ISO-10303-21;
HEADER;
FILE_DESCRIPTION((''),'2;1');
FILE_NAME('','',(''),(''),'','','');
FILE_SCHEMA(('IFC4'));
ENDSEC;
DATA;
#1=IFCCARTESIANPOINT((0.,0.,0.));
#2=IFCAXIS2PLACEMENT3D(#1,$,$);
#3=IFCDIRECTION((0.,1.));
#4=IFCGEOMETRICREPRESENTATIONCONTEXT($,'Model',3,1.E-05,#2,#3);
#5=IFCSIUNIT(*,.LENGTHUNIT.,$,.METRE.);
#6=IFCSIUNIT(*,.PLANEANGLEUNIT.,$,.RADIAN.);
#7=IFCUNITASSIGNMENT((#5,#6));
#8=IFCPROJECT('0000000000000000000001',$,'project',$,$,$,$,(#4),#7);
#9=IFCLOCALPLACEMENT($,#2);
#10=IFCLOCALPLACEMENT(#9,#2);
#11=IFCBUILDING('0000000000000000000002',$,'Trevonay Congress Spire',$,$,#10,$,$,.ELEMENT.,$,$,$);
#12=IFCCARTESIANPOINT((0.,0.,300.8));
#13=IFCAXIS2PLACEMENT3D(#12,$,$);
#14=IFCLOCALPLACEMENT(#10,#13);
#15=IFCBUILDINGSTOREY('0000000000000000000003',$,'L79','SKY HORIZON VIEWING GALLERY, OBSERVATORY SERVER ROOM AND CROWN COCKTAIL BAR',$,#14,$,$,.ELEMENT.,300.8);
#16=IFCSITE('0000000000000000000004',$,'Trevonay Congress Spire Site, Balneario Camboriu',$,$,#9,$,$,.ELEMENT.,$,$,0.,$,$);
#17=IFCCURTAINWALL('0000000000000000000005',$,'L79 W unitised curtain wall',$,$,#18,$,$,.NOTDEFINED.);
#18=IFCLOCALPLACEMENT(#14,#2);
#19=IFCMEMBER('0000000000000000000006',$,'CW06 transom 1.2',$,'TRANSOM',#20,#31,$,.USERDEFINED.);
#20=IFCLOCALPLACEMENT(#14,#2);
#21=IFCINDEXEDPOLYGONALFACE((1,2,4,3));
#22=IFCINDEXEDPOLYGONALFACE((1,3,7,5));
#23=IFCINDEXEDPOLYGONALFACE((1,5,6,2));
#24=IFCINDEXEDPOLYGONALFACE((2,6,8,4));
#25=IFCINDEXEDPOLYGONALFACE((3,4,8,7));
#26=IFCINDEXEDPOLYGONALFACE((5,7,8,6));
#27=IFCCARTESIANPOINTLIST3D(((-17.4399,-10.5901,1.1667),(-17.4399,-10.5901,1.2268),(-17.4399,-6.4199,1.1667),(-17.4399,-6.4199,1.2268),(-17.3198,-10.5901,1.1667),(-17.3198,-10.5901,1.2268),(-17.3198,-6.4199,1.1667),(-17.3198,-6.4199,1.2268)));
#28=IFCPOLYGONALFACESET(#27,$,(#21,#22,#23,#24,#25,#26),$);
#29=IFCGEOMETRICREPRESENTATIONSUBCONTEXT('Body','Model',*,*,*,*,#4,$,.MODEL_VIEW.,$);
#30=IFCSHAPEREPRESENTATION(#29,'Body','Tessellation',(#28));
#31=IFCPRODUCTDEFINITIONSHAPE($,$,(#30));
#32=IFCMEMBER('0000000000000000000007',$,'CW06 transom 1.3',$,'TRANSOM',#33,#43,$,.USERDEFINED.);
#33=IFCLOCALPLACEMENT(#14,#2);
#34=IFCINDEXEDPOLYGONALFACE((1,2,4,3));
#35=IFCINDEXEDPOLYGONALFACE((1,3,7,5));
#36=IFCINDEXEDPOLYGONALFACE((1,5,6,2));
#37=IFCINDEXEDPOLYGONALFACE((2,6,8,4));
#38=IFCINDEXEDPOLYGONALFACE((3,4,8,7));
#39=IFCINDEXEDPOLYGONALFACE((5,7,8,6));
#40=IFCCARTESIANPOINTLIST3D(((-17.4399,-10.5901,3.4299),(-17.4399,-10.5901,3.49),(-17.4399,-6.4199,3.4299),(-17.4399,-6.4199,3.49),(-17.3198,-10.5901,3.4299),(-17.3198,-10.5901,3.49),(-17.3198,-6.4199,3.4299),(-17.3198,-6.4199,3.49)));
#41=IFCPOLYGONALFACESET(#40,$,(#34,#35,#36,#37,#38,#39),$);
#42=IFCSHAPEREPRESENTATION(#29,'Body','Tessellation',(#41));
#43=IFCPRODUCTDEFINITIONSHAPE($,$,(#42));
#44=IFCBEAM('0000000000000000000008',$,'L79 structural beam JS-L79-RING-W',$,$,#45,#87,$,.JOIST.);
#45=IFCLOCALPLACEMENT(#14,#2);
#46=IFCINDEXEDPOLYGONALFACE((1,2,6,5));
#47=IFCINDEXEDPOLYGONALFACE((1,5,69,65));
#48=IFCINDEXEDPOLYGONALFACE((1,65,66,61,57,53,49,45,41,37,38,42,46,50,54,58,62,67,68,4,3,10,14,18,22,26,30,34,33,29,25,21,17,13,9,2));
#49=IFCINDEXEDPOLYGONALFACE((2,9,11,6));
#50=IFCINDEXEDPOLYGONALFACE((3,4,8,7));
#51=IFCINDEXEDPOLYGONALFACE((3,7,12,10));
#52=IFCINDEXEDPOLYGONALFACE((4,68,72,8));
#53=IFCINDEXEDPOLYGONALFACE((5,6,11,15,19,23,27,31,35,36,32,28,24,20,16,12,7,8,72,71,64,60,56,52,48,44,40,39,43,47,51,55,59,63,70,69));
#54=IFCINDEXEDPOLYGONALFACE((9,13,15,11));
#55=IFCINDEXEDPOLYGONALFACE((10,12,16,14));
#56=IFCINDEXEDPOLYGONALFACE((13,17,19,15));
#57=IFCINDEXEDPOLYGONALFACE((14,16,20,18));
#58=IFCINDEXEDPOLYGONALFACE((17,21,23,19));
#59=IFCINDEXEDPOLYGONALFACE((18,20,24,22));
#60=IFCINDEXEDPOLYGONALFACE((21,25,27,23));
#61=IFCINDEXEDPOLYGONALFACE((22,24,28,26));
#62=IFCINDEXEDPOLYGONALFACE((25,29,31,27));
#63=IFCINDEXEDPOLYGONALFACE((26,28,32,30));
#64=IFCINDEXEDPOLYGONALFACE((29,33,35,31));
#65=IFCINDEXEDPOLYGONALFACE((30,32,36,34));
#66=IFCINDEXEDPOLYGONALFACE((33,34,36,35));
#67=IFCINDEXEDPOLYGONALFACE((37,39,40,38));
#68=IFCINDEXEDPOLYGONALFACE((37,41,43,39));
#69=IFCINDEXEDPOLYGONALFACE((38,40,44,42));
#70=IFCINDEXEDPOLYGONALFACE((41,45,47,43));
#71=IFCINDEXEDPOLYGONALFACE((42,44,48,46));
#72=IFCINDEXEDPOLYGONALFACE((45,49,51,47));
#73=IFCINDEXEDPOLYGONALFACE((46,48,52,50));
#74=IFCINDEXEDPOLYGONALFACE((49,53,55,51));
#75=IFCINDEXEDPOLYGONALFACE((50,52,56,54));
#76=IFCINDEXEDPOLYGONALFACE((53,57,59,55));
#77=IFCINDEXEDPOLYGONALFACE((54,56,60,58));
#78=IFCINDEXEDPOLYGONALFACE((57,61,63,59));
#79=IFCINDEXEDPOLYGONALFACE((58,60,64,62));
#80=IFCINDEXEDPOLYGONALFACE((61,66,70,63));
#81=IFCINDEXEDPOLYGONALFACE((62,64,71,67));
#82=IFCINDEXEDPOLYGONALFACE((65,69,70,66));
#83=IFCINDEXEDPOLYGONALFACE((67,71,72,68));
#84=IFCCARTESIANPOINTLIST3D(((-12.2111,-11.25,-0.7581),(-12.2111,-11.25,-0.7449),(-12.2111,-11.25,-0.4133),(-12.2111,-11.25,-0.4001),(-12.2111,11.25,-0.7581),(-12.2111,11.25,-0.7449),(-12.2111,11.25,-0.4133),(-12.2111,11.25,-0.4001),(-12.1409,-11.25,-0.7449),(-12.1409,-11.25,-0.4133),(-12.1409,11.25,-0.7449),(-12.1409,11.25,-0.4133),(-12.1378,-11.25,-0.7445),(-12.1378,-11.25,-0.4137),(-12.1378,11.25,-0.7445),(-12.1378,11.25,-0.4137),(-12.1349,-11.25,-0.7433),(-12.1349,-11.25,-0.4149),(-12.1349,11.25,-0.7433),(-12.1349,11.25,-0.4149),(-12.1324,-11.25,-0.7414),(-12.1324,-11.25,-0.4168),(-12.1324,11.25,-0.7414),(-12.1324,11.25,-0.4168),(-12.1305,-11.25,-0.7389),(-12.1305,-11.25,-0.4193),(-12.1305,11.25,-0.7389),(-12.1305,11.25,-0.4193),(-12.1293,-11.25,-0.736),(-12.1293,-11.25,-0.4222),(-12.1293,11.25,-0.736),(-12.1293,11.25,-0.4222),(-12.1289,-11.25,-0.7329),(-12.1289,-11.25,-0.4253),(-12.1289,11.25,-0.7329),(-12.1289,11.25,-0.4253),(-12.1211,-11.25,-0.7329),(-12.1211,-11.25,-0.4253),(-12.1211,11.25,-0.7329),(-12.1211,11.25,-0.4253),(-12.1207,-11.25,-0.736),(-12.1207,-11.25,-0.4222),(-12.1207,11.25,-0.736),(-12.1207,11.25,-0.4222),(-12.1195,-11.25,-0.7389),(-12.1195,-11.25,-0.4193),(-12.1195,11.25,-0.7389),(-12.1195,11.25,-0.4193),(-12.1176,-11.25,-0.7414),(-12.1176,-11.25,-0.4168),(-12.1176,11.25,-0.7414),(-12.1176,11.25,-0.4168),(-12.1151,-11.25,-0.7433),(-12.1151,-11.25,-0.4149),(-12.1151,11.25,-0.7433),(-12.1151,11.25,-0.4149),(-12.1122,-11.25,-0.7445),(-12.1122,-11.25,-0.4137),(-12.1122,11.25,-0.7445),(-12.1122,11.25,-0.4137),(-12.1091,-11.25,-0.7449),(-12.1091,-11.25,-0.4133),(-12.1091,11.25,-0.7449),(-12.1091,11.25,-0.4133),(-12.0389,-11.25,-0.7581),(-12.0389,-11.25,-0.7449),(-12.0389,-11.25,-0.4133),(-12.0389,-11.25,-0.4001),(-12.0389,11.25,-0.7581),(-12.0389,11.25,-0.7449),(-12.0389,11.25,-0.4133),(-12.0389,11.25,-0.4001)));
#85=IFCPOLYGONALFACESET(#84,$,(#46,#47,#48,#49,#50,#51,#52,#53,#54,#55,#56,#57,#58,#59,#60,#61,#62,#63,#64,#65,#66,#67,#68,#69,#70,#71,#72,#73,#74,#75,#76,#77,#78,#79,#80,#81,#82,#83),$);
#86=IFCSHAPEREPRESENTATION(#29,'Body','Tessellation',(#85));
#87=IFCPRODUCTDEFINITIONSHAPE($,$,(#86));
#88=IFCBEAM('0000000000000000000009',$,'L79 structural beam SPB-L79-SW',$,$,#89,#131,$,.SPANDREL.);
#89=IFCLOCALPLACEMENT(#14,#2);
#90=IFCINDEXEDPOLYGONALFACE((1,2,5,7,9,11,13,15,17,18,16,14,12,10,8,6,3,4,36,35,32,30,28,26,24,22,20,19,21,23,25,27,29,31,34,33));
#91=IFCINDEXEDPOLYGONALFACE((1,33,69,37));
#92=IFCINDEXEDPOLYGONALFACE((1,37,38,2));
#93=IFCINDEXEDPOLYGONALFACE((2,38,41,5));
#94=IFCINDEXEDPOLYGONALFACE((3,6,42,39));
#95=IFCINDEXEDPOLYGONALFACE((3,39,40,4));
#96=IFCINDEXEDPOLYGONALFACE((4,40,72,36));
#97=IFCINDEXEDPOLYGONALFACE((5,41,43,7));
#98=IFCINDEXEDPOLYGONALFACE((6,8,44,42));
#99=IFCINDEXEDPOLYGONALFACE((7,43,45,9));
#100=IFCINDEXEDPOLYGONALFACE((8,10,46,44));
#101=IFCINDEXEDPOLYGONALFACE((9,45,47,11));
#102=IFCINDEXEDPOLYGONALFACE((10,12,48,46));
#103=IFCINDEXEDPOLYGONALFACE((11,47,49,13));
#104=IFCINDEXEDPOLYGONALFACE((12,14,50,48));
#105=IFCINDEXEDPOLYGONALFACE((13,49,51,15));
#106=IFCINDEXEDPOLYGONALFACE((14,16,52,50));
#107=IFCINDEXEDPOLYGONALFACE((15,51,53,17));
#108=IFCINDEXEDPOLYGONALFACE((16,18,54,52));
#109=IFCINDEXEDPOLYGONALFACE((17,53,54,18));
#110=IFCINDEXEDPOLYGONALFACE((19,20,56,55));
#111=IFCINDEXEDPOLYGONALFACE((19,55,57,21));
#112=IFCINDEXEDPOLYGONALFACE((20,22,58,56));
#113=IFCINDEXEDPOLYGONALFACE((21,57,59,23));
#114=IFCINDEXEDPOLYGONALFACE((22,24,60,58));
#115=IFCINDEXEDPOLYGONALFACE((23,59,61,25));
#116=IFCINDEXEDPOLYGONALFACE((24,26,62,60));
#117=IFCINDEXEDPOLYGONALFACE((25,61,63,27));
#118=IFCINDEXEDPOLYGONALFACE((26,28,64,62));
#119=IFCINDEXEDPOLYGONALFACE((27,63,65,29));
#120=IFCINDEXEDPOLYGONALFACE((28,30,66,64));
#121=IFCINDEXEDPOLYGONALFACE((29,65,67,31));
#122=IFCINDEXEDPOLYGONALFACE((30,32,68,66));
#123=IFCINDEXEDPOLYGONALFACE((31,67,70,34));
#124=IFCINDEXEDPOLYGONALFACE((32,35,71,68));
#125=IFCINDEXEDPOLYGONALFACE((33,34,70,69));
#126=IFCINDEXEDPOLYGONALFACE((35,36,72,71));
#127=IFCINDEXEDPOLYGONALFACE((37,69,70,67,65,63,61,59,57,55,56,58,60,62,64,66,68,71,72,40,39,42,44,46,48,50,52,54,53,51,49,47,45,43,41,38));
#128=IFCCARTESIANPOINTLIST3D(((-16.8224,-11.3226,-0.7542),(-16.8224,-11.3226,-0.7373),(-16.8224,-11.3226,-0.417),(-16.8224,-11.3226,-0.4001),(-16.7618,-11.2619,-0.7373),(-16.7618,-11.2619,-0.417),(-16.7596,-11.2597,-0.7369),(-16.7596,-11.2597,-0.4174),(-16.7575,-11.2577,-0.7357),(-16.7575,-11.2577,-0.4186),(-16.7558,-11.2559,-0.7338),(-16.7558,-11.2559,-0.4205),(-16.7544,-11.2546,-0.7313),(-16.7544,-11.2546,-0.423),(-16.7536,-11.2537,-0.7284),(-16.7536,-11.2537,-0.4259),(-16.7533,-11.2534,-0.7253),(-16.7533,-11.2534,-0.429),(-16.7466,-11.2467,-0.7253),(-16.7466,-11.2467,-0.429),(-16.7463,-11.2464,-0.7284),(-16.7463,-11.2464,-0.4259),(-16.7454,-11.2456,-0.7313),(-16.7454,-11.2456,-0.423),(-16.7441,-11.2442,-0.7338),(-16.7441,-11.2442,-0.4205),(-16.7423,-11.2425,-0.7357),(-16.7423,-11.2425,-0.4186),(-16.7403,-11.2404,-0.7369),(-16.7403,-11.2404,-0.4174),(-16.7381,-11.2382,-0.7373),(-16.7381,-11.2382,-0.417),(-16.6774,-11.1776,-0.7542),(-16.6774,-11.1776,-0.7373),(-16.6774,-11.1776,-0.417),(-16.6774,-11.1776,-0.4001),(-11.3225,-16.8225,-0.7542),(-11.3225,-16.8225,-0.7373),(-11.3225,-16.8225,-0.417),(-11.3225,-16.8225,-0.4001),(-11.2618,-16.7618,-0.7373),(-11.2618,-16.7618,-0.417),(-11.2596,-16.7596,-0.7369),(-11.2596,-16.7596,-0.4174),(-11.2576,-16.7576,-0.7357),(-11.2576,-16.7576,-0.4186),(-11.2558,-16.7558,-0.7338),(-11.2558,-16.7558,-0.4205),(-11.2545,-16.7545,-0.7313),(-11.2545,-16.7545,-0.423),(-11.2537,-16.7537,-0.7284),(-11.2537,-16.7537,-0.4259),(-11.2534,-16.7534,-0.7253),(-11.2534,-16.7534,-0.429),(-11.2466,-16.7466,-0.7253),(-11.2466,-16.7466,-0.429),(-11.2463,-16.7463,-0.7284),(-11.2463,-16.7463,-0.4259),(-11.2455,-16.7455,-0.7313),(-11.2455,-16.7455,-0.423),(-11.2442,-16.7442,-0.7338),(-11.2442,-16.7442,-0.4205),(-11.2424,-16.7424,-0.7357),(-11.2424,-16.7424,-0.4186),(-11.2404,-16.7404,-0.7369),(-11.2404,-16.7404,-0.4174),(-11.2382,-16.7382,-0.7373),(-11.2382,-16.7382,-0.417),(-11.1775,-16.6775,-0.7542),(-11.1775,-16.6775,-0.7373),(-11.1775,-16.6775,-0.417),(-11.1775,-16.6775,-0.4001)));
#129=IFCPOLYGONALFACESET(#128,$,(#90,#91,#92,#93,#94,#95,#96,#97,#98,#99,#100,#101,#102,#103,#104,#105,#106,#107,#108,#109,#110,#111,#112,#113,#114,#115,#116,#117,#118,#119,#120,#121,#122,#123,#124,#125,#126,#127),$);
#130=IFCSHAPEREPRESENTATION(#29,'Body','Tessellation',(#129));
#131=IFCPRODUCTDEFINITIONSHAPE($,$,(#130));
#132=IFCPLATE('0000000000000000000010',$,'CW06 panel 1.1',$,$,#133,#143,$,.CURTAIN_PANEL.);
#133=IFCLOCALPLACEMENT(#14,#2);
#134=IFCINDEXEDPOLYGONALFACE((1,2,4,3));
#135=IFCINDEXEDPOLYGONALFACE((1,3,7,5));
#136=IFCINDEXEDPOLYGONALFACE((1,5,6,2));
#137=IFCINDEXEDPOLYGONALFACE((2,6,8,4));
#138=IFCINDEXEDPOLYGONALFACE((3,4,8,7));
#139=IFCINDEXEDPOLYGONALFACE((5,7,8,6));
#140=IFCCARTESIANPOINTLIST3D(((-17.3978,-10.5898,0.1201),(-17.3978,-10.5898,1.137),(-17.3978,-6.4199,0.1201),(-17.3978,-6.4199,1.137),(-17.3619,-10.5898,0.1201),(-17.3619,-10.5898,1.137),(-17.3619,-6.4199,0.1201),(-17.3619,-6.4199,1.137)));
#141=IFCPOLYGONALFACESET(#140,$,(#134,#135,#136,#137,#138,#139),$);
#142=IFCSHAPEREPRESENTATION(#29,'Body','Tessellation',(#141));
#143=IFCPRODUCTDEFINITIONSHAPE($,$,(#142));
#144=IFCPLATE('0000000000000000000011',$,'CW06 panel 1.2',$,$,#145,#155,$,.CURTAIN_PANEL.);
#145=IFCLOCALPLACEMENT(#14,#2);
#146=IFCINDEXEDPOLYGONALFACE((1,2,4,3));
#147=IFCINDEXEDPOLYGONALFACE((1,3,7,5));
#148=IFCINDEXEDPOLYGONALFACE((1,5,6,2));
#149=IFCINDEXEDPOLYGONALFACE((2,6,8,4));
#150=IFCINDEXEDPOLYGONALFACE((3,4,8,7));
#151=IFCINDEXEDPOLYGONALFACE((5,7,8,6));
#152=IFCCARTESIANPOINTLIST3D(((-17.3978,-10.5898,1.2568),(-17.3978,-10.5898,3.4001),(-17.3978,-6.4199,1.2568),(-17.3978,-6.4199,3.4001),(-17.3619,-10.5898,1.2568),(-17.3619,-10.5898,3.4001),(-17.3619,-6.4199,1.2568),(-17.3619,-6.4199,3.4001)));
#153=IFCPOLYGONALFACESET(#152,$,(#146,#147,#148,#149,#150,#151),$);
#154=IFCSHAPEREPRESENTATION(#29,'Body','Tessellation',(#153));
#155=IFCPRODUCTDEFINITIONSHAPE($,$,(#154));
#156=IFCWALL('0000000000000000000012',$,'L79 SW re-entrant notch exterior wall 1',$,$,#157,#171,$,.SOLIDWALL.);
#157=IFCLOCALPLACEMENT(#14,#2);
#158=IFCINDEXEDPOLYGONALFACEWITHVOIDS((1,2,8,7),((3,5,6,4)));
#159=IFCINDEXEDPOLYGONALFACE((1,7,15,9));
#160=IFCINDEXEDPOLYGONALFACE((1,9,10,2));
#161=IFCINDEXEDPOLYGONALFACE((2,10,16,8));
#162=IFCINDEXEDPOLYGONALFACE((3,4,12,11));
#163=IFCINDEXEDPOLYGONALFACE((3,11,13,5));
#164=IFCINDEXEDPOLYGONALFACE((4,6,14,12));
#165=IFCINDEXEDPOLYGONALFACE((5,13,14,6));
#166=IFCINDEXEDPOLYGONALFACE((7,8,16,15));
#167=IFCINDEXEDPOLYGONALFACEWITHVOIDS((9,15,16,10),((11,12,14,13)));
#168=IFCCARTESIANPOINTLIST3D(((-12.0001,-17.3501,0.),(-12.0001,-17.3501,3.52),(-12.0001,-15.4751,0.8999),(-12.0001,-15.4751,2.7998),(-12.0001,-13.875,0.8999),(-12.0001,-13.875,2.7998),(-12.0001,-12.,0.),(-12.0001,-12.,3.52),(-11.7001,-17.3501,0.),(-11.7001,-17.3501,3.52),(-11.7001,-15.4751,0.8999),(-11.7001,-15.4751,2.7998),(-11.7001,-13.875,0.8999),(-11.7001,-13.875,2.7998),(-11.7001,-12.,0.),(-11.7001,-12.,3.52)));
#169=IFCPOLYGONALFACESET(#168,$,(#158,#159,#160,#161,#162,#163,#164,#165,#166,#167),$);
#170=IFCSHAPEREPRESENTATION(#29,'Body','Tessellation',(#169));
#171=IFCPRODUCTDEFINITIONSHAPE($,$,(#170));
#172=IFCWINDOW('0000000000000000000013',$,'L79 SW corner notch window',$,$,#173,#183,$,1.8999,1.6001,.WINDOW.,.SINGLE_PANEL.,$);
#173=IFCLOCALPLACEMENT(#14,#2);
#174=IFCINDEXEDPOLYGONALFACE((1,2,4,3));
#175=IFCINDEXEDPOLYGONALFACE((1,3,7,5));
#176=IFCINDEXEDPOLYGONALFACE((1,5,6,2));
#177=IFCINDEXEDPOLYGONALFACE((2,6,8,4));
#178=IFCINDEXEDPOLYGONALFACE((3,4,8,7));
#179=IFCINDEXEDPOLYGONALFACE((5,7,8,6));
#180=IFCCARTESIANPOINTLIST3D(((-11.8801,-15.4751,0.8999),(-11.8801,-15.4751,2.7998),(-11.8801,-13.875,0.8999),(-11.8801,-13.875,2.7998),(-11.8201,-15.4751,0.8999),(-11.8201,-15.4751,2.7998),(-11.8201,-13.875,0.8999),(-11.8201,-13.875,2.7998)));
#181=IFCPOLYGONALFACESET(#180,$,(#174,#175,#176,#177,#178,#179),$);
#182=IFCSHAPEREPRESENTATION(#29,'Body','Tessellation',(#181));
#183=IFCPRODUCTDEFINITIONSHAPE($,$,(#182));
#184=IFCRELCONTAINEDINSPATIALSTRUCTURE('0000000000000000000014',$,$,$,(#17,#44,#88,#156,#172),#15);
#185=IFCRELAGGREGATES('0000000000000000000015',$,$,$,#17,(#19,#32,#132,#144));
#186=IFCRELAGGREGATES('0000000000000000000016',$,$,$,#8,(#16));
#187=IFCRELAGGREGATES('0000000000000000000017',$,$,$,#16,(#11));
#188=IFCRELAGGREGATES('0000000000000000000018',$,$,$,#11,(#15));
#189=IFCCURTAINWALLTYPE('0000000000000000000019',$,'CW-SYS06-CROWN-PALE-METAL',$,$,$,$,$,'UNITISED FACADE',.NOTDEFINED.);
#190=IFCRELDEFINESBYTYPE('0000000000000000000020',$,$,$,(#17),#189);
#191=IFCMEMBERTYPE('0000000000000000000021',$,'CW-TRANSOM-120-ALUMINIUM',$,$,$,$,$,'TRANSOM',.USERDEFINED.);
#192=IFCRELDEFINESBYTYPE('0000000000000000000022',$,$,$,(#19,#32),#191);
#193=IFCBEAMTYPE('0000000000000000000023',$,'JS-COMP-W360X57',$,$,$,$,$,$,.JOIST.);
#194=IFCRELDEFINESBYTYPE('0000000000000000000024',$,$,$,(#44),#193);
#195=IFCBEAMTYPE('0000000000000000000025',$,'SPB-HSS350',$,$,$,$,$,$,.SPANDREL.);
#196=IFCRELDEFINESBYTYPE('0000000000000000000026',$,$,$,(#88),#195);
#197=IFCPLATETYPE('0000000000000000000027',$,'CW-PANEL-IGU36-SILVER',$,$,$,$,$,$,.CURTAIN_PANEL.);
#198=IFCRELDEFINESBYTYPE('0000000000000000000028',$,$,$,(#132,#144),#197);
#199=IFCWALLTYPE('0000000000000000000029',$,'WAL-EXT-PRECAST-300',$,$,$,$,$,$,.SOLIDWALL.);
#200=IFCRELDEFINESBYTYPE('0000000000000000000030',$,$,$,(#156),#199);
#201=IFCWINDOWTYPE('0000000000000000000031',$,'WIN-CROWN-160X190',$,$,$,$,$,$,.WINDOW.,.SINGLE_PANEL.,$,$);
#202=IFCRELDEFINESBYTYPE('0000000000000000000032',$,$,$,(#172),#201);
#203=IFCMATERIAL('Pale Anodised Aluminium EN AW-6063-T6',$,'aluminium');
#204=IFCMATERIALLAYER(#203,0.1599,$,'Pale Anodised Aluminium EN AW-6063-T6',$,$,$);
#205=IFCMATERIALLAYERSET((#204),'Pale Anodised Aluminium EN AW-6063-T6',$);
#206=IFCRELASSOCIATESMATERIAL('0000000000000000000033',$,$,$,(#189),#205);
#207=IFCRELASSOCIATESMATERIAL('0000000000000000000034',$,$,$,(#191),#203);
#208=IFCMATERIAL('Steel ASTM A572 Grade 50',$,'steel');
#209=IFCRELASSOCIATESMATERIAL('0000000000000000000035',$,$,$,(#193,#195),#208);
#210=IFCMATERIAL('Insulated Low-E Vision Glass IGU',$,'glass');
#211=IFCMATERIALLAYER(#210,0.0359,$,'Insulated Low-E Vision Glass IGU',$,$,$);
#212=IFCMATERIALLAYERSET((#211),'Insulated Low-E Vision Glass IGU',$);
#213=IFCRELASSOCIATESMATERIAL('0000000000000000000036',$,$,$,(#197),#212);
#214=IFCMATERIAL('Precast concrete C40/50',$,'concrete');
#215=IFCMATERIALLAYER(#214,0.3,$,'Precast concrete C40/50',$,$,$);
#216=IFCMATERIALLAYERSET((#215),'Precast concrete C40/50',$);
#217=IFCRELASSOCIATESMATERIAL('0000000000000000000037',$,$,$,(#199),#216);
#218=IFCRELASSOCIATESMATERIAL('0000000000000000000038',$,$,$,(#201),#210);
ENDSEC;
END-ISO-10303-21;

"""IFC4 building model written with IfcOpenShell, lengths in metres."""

from ifc_helpers import new_model, si_unit, direction, frame, frame_2d, origin, origin_2d, place, context, subcontext, project, spatial, rectangle, i_section, extrude, material, layer, layer_set, material_profile, profile_set, type_object, element, fill, aggregate, save


model = new_model("IFC4")

# Units and contexts
model_context = context("Model", 3, precision=1e-05, world=origin(), true_north=direction((0.0, 1.0)))
body_context = subcontext(model_context, "Body", "Model", "MODEL_VIEW")
ifc_project = project(units=[si_unit("LENGTHUNIT", "METRE"), si_unit("PLANEANGLEUNIT", "RADIAN")], contexts=[model_context])

# Site, building, storey
site_placement = place(None, origin())
site = spatial("IfcSite", under=ifc_project, at=site_placement, Name="Trevonay Congress Spire Site, Balneario Camboriu", CompositionType="ELEMENT", RefElevation=0.0)
building_placement = place(site_placement, origin())
building = spatial("IfcBuilding", under=site, at=building_placement, Name="Trevonay Congress Spire", CompositionType="ELEMENT")
storey_placement = place(building_placement, frame((0.0, 0.0, 300.8)))
storey = spatial("IfcBuildingStorey", under=building, at=storey_placement, Name="L79", Description="SKY HORIZON VIEWING GALLERY, OBSERVATORY SERVER ROOM AND CROWN COCKTAIL BAR", CompositionType="ELEMENT", Elevation=300.8)

# Shared definitions
ifc_material_1 = material(Name="Steel ASTM A572 Grade 50", Category="steel")

# Curtain wall, members
ifc_material_2 = material(Name="Pale Anodised Aluminium EN AW-6063-T6", Category="aluminium")
ifc_layer_1 = layer(ifc_material_2, 0.1599, Name="Pale Anodised Aluminium EN AW-6063-T6")
ifc_layer_set_1 = layer_set([ifc_layer_1], Name="Pale Anodised Aluminium EN AW-6063-T6")
curtain_wall_type = type_object("IfcCurtainWallType", Name="CW-SYS06-CROWN-PALE-METAL", ElementType="UNITISED FACADE", PredefinedType="NOTDEFINED", material=ifc_layer_set_1)
curtain_wall_placement = place(storey_placement, origin())
curtain_wall = element("IfcCurtainWall", 1, at=curtain_wall_placement, inside=storey, type_object=curtain_wall_type, Name="L79 W unitised curtain wall", PredefinedType="NOTDEFINED")
ifc_material_profile_1 = material_profile(ifc_material_2, rectangle(XDim=0.1201, YDim=0.0601, at=origin_2d()), Name="CW-TRANSOM-120-ALUMINIUM")
ifc_profile_set_1 = profile_set([ifc_material_profile_1], Name="Pale Anodised Aluminium EN AW-6063-T6")
member_type_1 = type_object("IfcMemberType", Name="CW-TRANSOM-120-ALUMINIUM", ElementType="TRANSOM", PredefinedType="USERDEFINED", material=ifc_profile_set_1)
member_1_placement = place(storey_placement, frame((-17.3799, -10.5901, 1.1968), z_axis=(0.0, 1.0, 0.0), x_axis=(-1.0, 0.0, 0.0)))
member_1 = element("IfcMember", 2, at=member_1_placement, type_object=member_type_1, Name="CW06 transom 1.2", ObjectType="TRANSOM", PredefinedType="USERDEFINED", context=body_context, shape_type="SweptSolid", body=[
    extrude(rectangle(XDim=0.1201, YDim=0.0601, at=origin_2d()), origin(), (0.0, 0.0, 1.0), 4.1702),
])
member_2_placement = place(storey_placement, frame((-17.3799, -10.5901, 3.46), z_axis=(0.0, 1.0, 0.0), x_axis=(-1.0, 0.0, 0.0)))
member_2 = element("IfcMember", 3, at=member_2_placement, type_object=member_type_1, Name="CW06 transom 1.3", ObjectType="TRANSOM", PredefinedType="USERDEFINED", context=body_context, shape_type="SweptSolid", body=[
    extrude(rectangle(XDim=0.1201, YDim=0.0601, at=origin_2d()), origin(), (0.0, 0.0, 1.0), 4.1702),
])

# Beams
ifc_material_profile_2 = material_profile(ifc_material_1, i_section(OverallWidth=0.1721, OverallDepth=0.3579, WebThickness=0.0078, FlangeThickness=0.0132, FilletRadius=0.012, at=origin_2d()), Name="W360x57.8")
ifc_profile_set_2 = profile_set([ifc_material_profile_2], Name="Steel ASTM A572 Grade 50")
beam_type_1 = type_object("IfcBeamType", Name="JS-COMP-W360X57", PredefinedType="JOIST", material=ifc_profile_set_2)
beam_1_placement = place(storey_placement, frame((-12.125, -11.25, -0.5791), z_axis=(0.0, 1.0, 0.0), x_axis=(-1.0, 0.0, 0.0)))
element("IfcBeam", 4, at=beam_1_placement, inside=storey, type_object=beam_type_1, Name="L79 structural beam JS-L79-RING-W", PredefinedType="JOIST", context=body_context, shape_type="SweptSolid", body=[
    extrude(i_section(OverallWidth=0.1721, OverallDepth=0.3579, WebThickness=0.0078, FlangeThickness=0.0132, FilletRadius=0.012, at=origin_2d()), origin(), (0.0, 0.0, 1.0), 22.5),
])
ifc_material_profile_3 = material_profile(ifc_material_1, i_section(OverallWidth=0.2051, OverallDepth=0.354, WebThickness=0.0095, FlangeThickness=0.0168, FilletRadius=0.012, at=origin_2d()), Name="W360x79")
ifc_profile_set_3 = profile_set([ifc_material_profile_3], Name="Steel ASTM A572 Grade 50")
beam_type_2 = type_object("IfcBeamType", Name="SPB-HSS350", PredefinedType="SPANDREL", material=ifc_profile_set_3)
beam_2_placement = place(storey_placement, frame((-11.25, -16.75, -0.5771), z_axis=(-0.707107, 0.707107, 0.0), x_axis=(-0.707107, -0.707107, 0.0)))
element("IfcBeam", 5, at=beam_2_placement, inside=storey, type_object=beam_type_2, Name="L79 structural beam SPB-L79-SW", PredefinedType="SPANDREL", context=body_context, shape_type="SweptSolid", body=[
    extrude(i_section(OverallWidth=0.2051, OverallDepth=0.354, WebThickness=0.0095, FlangeThickness=0.0168, FilletRadius=0.012, at=origin_2d()), origin(), (0.0, 0.0, 1.0), 7.7781),
])

# Plates
ifc_material_3 = material(Name="Insulated Low-E Vision Glass IGU", Category="glass")
ifc_layer_2 = layer(ifc_material_3, 0.0359, Name="Insulated Low-E Vision Glass IGU")
ifc_layer_set_2 = layer_set([ifc_layer_2], Name="Insulated Low-E Vision Glass IGU")
plate_type = type_object("IfcPlateType", Name="CW-PANEL-IGU36-SILVER", PredefinedType="CURTAIN_PANEL", material=ifc_layer_set_2)
plate_1_placement = place(storey_placement, frame((-17.3799, -8.5049, 0.1201), z_axis=(0.0, 0.0, 1.0), x_axis=(0.0, 1.0, 0.0)))
plate_1 = element("IfcPlate", 6, at=plate_1_placement, type_object=plate_type, Name="CW06 panel 1.1", PredefinedType="CURTAIN_PANEL", context=body_context, shape_type="SweptSolid", body=[
    extrude(rectangle(XDim=4.1699, YDim=0.0359, at=origin_2d()), origin(), (0.0, 0.0, 1.0), 1.0168),
])
plate_2_placement = place(storey_placement, frame((-17.3799, -8.5049, 1.2568), z_axis=(0.0, 0.0, 1.0), x_axis=(0.0, 1.0, 0.0)))
plate_2 = element("IfcPlate", 7, at=plate_2_placement, type_object=plate_type, Name="CW06 panel 1.2", PredefinedType="CURTAIN_PANEL", context=body_context, shape_type="SweptSolid", body=[
    extrude(rectangle(XDim=4.1699, YDim=0.0359, at=origin_2d()), origin(), (0.0, 0.0, 1.0), 2.1433),
])
aggregate(curtain_wall, [member_1, member_2, plate_1, plate_2])

# Wall, opening, window
ifc_material_4 = material(Name="Precast concrete C40/50", Category="concrete")
ifc_layer_3 = layer(ifc_material_4, 0.3, Name="Precast concrete C40/50")
ifc_layer_set_3 = layer_set([ifc_layer_3], Name="Precast concrete C40/50")
wall_type = type_object("IfcWallType", Name="WAL-EXT-PRECAST-300", PredefinedType="SOLIDWALL", material=ifc_layer_set_3)
wall_1_placement = place(storey_placement, frame((-11.8501, -17.3501, 0.0), z_axis=(0.0, 0.0, 1.0), x_axis=(0.0, 1.0, 0.0)))
wall_1 = element("IfcWall", 8, at=wall_1_placement, inside=storey, type_object=wall_type, Name="L79 SW re-entrant notch exterior wall 1", PredefinedType="SOLIDWALL", context=body_context, shape_type="SweptSolid", body=[
    extrude(rectangle(XDim=5.3501, YDim=0.3, at=frame_2d((2.675, 0.0))), origin(), (0.0, 0.0, 1.0), 3.52),
])
opening_placement = place(wall_1_placement, frame((1.875, 0.0, 0.8999)))
opening = element("IfcOpeningElement", 9, at=opening_placement, cuts=wall_1, PredefinedType="OPENING", context=body_context, shape_type="SweptSolid", body=[
    extrude(rectangle(XDim=1.6001, YDim=1.8999, at=frame_2d((0.8, 0.95))), frame((0.0, 0.1602, 0.0), z_axis=(0.0, -1.0, 0.0), x_axis=(1.0, 0.0, 0.0)), (0.0, 0.0, 1.0), 0.3201),
])
window_type = type_object("IfcWindowType", Name="WIN-CROWN-160X190", PartitioningType="SINGLE_PANEL", PredefinedType="WINDOW", material=ifc_material_3)
window_placement = place(opening_placement, origin())
window = element("IfcWindow", 10, at=window_placement, inside=storey, type_object=window_type, Name="L79 SW corner notch window", OverallHeight=1.8999, OverallWidth=1.6001, PartitioningType="SINGLE_PANEL", PredefinedType="WINDOW", context=body_context, shape_type="SweptSolid", body=[
    extrude(rectangle(XDim=1.6001, YDim=1.8999, at=frame_2d((0.8, 0.95))), frame((0.0, 0.03, 0.0), z_axis=(0.0, -1.0, 0.0), x_axis=(1.0, 0.0, 0.0)), (0.0, 0.0, 1.0), 0.0601),
])
fill(opening, window)

save(model, "model.ifc")
